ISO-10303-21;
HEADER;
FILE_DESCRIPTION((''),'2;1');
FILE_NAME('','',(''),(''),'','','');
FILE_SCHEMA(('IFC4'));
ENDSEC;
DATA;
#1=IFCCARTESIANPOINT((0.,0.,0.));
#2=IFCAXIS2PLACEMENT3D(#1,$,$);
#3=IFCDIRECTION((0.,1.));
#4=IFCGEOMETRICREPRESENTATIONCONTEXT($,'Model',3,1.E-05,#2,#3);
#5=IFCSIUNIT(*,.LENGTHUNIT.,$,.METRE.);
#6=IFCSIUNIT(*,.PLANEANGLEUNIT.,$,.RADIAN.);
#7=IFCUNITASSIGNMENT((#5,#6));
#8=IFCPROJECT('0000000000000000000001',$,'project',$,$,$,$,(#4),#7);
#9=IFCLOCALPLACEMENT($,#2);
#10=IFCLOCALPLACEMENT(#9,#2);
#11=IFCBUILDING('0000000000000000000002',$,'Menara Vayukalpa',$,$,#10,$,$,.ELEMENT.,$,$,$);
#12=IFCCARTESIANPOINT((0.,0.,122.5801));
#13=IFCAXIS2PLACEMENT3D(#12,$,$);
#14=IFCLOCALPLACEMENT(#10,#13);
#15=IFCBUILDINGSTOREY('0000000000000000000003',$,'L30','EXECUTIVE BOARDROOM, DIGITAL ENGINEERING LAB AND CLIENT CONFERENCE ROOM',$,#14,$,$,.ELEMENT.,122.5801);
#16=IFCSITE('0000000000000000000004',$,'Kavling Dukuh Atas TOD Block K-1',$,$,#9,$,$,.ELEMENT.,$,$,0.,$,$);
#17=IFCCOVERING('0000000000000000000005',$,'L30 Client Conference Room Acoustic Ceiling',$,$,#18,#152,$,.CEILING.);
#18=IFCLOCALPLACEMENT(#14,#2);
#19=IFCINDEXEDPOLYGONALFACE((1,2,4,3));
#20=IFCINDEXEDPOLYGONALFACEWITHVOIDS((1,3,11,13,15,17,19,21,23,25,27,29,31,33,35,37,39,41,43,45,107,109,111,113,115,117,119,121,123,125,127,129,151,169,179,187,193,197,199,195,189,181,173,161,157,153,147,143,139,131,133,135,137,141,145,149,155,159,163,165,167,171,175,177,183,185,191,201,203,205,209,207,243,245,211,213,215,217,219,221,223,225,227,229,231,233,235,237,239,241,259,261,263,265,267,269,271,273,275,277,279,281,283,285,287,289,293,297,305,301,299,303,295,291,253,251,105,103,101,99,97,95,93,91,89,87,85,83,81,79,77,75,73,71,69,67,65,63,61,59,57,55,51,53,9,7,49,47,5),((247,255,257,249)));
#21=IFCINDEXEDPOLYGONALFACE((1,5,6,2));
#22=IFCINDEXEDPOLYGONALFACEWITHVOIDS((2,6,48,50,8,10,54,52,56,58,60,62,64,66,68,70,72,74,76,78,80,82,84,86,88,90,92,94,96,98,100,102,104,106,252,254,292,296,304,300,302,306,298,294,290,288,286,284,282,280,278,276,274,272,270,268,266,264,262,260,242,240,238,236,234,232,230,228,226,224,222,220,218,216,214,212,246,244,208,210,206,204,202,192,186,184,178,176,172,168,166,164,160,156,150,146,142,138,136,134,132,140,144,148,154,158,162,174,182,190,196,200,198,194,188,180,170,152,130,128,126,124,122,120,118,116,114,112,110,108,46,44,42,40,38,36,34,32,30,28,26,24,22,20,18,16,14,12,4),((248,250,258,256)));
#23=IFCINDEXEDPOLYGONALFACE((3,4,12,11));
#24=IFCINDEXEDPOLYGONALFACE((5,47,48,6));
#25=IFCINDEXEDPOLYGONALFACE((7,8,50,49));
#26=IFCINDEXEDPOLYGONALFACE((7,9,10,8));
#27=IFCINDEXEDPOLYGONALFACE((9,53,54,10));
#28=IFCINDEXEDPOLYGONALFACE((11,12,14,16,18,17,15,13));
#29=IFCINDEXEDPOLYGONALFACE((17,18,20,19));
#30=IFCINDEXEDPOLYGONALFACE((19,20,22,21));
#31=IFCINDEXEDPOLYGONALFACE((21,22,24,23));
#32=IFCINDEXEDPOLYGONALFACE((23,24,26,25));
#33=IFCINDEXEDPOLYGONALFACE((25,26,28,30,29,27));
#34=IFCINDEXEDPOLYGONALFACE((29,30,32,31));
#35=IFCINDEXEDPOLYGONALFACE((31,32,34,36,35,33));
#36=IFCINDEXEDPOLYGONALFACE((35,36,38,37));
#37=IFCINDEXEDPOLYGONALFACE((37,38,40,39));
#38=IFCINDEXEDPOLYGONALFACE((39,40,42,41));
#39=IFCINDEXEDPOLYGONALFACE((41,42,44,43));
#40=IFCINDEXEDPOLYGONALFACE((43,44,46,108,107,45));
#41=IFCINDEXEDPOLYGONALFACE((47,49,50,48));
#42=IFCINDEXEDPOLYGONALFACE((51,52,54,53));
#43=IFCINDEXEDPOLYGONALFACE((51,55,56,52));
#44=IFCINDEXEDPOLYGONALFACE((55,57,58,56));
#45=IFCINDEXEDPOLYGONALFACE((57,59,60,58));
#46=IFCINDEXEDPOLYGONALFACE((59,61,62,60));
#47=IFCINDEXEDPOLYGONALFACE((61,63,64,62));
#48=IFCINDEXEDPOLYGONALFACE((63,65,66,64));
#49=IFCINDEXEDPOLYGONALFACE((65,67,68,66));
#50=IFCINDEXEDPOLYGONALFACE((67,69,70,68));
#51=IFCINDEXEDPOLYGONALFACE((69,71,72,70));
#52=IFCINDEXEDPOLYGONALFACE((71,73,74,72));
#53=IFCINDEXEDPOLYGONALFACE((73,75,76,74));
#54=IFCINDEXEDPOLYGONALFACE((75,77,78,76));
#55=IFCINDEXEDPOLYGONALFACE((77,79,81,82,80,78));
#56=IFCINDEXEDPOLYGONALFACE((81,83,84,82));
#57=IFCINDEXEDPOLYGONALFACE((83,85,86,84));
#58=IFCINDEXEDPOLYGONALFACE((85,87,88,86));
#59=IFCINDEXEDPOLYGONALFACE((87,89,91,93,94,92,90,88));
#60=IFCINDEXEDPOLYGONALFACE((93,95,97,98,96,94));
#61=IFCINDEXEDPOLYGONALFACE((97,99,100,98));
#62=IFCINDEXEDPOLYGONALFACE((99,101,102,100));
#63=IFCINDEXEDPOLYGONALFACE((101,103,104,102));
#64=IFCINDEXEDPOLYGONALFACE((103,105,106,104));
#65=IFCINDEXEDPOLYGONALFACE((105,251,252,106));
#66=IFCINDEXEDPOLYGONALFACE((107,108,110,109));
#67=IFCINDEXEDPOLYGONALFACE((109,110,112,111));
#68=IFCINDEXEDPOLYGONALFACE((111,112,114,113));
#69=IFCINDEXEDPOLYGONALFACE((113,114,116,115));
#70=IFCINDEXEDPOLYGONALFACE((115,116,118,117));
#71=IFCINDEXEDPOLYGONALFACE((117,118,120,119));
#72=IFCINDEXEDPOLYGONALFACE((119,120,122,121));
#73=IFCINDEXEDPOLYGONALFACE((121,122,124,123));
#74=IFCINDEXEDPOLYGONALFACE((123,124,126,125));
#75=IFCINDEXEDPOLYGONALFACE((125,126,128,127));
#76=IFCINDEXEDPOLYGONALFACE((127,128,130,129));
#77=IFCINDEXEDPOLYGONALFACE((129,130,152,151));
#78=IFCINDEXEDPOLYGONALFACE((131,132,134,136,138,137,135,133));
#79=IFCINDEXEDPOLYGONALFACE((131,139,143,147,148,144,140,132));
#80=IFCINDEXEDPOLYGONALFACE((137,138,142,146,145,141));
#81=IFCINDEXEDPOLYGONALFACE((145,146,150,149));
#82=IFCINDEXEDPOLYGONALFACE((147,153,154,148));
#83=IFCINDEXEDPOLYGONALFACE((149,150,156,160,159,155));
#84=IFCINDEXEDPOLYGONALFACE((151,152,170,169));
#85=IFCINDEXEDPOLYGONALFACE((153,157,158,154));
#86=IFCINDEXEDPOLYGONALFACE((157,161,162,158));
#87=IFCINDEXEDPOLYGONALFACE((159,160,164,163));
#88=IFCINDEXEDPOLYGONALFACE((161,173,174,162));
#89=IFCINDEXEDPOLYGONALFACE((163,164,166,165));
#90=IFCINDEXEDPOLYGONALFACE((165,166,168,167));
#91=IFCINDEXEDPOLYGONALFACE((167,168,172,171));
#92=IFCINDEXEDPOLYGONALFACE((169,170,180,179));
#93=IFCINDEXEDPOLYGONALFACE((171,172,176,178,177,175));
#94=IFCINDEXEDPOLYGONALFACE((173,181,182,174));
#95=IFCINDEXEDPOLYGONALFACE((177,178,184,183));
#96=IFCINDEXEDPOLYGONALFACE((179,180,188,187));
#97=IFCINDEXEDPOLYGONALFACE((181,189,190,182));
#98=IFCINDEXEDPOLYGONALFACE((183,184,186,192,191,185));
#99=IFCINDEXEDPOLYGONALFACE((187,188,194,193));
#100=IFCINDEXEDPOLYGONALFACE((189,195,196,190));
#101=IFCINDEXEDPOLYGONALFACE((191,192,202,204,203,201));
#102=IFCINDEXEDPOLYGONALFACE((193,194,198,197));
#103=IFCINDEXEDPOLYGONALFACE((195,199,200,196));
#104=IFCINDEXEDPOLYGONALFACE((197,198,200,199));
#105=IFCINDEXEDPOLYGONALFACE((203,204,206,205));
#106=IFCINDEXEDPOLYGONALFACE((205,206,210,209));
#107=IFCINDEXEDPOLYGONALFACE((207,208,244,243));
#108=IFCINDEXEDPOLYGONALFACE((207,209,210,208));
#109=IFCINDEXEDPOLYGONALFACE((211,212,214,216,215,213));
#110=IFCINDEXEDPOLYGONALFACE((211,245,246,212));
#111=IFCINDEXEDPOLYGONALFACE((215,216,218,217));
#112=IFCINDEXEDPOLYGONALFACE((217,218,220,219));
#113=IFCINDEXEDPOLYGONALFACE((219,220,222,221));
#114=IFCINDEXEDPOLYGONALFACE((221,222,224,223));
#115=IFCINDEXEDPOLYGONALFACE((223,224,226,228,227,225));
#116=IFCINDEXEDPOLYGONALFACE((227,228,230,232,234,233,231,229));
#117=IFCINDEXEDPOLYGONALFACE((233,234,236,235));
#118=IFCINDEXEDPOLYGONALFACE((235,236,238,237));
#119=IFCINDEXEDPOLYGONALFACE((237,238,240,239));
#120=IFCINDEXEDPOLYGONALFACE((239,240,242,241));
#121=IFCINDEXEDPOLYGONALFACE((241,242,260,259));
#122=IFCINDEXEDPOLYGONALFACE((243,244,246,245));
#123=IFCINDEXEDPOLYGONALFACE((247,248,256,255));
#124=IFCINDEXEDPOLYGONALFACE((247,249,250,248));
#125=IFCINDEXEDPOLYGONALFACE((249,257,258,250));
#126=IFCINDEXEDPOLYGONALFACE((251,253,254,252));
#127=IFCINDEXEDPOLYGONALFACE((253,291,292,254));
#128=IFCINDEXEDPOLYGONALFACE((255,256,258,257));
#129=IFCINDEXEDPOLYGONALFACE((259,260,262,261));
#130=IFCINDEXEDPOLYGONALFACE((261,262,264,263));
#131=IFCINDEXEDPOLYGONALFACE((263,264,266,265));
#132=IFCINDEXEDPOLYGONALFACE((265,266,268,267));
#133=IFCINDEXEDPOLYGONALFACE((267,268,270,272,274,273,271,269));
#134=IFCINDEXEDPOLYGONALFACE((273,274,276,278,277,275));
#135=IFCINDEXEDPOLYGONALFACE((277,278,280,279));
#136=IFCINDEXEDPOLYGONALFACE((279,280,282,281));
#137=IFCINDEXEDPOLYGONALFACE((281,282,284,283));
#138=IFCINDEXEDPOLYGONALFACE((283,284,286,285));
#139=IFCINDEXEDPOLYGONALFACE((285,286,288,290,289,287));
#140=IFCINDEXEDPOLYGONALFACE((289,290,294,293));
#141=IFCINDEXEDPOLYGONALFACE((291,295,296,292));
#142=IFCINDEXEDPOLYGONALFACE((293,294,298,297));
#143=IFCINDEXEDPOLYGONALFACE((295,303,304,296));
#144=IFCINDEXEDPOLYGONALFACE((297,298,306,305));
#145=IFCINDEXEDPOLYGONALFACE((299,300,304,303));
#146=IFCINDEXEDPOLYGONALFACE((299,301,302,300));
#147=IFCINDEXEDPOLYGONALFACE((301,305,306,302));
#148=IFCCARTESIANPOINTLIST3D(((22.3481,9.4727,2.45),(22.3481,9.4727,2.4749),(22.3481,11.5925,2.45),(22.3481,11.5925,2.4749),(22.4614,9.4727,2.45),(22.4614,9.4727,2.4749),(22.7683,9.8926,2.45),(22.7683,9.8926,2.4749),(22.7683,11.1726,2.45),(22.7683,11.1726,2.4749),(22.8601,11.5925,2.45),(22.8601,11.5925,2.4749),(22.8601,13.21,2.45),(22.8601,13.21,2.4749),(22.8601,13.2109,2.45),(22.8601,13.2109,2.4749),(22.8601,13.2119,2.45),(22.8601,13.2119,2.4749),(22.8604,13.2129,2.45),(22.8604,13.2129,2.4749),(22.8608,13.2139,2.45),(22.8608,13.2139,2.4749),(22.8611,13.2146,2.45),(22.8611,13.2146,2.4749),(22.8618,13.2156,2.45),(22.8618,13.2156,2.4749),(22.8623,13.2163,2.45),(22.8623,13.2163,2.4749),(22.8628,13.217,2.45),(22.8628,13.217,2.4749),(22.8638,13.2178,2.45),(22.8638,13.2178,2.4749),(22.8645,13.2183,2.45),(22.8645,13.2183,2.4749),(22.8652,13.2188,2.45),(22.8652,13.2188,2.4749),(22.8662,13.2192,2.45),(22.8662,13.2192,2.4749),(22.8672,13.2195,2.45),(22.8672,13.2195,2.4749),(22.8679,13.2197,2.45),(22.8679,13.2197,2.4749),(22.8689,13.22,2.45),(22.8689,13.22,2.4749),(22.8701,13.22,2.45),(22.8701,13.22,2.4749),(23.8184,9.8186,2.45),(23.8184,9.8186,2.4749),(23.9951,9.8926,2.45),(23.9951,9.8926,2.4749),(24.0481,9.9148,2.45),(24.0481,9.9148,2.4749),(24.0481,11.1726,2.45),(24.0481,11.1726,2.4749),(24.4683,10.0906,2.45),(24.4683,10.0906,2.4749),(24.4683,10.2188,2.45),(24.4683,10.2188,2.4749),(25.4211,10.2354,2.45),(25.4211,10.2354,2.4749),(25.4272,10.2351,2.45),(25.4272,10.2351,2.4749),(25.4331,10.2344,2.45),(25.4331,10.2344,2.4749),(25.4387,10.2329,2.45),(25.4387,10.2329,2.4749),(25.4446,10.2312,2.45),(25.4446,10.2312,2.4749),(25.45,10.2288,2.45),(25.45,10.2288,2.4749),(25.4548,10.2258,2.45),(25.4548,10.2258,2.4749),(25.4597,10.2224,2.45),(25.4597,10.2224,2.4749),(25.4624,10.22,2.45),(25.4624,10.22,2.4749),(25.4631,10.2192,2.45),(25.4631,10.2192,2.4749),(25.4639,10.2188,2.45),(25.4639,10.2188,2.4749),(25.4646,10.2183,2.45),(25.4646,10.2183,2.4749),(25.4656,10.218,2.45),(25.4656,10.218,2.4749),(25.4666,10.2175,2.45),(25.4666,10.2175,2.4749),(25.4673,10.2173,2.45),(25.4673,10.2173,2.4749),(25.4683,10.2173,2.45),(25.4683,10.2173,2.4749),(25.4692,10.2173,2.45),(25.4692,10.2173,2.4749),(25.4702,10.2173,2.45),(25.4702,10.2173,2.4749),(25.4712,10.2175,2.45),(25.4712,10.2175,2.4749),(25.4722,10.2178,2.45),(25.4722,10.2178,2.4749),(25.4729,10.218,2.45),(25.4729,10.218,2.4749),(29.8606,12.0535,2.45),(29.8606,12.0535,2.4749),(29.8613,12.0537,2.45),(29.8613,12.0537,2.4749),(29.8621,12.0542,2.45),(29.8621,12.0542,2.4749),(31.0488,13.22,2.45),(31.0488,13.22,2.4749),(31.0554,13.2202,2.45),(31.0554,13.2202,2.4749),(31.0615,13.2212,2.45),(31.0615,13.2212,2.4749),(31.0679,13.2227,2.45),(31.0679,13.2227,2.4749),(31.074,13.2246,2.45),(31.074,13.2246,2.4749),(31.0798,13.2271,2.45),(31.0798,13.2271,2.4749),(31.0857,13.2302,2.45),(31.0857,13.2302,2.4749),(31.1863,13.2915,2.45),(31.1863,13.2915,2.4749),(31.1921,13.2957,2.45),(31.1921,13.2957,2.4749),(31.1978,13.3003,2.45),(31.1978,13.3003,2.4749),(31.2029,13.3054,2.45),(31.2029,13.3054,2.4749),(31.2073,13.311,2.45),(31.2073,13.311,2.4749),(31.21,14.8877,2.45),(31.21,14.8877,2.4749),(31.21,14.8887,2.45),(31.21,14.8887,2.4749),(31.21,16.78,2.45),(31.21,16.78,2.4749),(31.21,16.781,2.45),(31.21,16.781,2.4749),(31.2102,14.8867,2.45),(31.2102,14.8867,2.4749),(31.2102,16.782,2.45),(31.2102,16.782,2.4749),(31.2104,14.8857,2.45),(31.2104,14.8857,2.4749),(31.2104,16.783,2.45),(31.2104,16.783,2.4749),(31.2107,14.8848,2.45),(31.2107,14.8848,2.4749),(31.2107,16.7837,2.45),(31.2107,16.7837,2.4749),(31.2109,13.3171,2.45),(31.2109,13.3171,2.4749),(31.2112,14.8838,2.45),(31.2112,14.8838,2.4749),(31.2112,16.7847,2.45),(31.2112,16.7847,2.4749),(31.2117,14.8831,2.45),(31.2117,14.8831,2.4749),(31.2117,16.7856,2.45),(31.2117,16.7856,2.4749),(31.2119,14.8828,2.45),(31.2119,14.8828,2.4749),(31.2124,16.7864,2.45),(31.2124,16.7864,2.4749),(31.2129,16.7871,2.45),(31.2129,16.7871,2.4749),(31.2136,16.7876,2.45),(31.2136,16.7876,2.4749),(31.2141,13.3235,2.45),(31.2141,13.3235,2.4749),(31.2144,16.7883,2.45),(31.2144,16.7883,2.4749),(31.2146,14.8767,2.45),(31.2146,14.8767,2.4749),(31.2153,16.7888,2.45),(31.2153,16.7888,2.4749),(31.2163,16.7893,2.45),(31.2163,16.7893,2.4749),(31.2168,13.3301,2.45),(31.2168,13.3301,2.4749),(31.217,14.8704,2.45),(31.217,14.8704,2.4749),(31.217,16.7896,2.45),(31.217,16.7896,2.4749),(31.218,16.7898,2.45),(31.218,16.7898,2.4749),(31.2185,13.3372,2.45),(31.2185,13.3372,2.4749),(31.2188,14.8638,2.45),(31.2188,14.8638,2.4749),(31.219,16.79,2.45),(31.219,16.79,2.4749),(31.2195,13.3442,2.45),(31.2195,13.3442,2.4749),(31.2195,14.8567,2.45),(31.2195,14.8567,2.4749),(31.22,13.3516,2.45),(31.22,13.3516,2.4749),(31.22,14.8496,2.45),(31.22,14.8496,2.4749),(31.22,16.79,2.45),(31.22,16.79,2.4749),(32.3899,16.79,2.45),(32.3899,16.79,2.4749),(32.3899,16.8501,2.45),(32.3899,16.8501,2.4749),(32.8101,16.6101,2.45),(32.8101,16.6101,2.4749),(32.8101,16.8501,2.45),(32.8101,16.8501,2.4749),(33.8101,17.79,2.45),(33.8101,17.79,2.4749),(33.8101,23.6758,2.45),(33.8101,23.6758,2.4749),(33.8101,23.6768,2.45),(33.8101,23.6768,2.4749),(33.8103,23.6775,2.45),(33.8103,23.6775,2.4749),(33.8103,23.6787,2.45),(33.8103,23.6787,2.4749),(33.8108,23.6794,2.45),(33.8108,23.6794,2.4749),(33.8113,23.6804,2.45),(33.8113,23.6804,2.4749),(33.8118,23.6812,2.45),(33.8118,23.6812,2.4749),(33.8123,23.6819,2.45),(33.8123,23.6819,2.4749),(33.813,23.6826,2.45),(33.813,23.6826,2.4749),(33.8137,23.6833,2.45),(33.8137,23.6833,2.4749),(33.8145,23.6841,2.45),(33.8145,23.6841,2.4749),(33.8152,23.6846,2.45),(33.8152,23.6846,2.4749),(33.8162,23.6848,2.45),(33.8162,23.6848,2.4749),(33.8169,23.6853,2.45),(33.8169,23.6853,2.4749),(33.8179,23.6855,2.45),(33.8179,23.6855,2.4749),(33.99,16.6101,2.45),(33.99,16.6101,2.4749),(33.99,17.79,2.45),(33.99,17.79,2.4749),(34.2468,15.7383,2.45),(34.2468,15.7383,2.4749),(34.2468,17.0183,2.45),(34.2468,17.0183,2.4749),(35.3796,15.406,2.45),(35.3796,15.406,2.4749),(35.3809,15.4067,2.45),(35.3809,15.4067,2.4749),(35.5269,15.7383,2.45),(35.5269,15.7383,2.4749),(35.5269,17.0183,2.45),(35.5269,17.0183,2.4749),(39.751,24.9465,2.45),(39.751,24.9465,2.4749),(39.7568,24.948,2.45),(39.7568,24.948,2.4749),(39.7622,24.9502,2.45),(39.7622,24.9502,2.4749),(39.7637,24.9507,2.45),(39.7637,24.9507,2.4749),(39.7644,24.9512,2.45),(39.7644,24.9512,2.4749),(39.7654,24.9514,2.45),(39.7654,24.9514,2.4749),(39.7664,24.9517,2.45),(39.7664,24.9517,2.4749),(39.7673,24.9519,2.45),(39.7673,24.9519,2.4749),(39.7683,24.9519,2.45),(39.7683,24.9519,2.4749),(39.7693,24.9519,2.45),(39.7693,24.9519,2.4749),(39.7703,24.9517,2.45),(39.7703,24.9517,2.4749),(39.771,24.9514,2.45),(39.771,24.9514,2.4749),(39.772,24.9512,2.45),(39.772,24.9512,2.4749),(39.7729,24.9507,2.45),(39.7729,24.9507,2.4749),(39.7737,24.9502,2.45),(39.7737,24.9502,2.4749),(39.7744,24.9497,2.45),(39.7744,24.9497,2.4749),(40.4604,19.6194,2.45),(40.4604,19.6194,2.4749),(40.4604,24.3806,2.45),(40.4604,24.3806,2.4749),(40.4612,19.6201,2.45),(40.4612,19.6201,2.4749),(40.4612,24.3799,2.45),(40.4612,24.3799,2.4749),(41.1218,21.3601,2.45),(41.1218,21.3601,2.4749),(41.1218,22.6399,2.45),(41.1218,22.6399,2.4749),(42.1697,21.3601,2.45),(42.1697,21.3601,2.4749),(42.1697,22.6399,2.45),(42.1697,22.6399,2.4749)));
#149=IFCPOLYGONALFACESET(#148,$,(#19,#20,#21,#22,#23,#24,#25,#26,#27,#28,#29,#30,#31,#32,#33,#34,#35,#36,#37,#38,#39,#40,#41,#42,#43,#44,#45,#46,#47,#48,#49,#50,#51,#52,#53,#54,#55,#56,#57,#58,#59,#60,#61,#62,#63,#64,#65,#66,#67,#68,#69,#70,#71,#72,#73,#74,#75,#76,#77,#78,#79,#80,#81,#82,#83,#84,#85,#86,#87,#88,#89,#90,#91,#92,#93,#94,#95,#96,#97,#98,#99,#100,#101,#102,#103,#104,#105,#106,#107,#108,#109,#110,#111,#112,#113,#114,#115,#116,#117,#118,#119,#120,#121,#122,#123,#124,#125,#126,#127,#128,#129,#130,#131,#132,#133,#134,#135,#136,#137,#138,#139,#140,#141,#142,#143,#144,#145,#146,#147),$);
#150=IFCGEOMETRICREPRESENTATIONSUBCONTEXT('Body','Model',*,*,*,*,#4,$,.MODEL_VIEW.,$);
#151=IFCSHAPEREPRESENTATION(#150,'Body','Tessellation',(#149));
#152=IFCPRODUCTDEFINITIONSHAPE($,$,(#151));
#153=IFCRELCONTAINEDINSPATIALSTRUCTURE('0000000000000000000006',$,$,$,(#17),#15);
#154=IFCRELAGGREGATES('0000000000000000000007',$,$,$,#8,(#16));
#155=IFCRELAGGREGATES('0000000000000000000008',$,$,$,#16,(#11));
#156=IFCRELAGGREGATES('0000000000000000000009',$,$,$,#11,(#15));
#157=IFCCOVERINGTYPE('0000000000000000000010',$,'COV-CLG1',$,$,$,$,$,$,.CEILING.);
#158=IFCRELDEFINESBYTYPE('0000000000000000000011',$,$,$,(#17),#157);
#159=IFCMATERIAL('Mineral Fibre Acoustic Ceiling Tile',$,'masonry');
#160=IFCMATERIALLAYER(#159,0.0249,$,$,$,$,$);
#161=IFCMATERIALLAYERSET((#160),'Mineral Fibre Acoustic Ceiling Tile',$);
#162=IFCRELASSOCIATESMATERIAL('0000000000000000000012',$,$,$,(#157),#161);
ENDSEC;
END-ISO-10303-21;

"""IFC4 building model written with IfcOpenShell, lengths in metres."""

from ifc_helpers import new_model, si_unit, direction, frame, origin, place, context, subcontext, project, spatial, polyline, outline, extrude, material, layer, layer_set, type_object, element, save


model = new_model("IFC4")

# Units and contexts
model_context = context("Model", 3, precision=1e-05, world=origin(), true_north=direction((0.0, 1.0)))
body_context = subcontext(model_context, "Body", "Model", "MODEL_VIEW")
ifc_project = project(units=[si_unit("LENGTHUNIT", "METRE"), si_unit("PLANEANGLEUNIT", "RADIAN")], contexts=[model_context])

# Site, building, storey
site_placement = place(None, origin())
site = spatial("IfcSite", under=ifc_project, at=site_placement, Name="Kavling Dukuh Atas TOD Block K-1", CompositionType="ELEMENT", RefElevation=0.0)
building_placement = place(site_placement, origin())
building = spatial("IfcBuilding", under=site, at=building_placement, Name="Menara Vayukalpa", CompositionType="ELEMENT")
storey_placement = place(building_placement, frame((0.0, 0.0, 122.5801)))
storey = spatial("IfcBuildingStorey", under=building, at=storey_placement, Name="L30", Description="EXECUTIVE BOARDROOM, DIGITAL ENGINEERING LAB AND CLIENT CONFERENCE ROOM", CompositionType="ELEMENT", Elevation=122.5801)

# Covering
ifc_material_1 = material(Name="Mineral Fibre Acoustic Ceiling Tile", Category="masonry")
ifc_layer_1 = layer(ifc_material_1, 0.0249)
ifc_layer_set_1 = layer_set([ifc_layer_1], Name="Mineral Fibre Acoustic Ceiling Tile")
covering_type_1 = type_object("IfcCoveringType", Name="COV-CLG1", PredefinedType="CEILING", material=ifc_layer_set_1)
covering_1_placement = place(storey_placement, frame((0.0, 0.0, 2.45)))
element("IfcCovering", 1, at=covering_1_placement, inside=storey, type_object=covering_type_1, Name="L30 Client Conference Room Acoustic Ceiling", PredefinedType="CEILING", context=body_context, shape_type="SweptSolid", body=[
    extrude(outline(polyline([(22.8601, 13.21), (22.8601, 13.2109), (22.8601, 13.2119), (22.8604, 13.2129), (22.8608, 13.2139), (22.8611, 13.2146), (22.8618, 13.2156), (22.8623, 13.2163), (22.8628, 13.217), (22.8638, 13.2178), (22.8645, 13.2183), (22.8652, 13.2188), (22.8662, 13.2192), (22.8672, 13.2195), (22.8679, 13.2197), (22.8689, 13.22), (22.8701, 13.22), (31.0488, 13.22), (31.0554, 13.2202), (31.0615, 13.2212), (31.0679, 13.2227), (31.074, 13.2246), (31.0798, 13.2271), (31.0857, 13.2302), (31.1863, 13.2915), (31.1921, 13.2957), (31.1978, 13.3003), (31.2029, 13.3054), (31.2073, 13.311), (31.2109, 13.3171), (31.2141, 13.3235), (31.2168, 13.3301), (31.2185, 13.3372), (31.2195, 13.3442), (31.22, 13.3516), (31.22, 14.8496), (31.2195, 14.8567), (31.2188, 14.8638), (31.217, 14.8704), (31.2146, 14.8767), (31.2119, 14.8828), (31.2117, 14.8831), (31.2112, 14.8838), (31.2107, 14.8848), (31.2104, 14.8857), (31.2102, 14.8867), (31.21, 14.8877), (31.21, 14.8887), (31.21, 16.78), (31.21, 16.781), (31.2102, 16.782), (31.2104, 16.783), (31.2107, 16.7837), (31.2112, 16.7847), (31.2117, 16.7856), (31.2124, 16.7864), (31.2129, 16.7871), (31.2136, 16.7876), (31.2144, 16.7883), (31.2153, 16.7888), (31.2163, 16.7893), (31.217, 16.7896), (31.218, 16.7898), (31.219, 16.79), (31.22, 16.79), (32.3899, 16.79), (32.3899, 16.8501), (32.8101, 16.8501), (32.8101, 16.6101), (33.99, 16.6101), (33.99, 17.79), (33.8101, 17.79), (33.8101, 23.6758), (33.8101, 23.6768), (33.8103, 23.6775), (33.8103, 23.6787), (33.8108, 23.6794), (33.8113, 23.6804), (33.8118, 23.6812), (33.8123, 23.6819), (33.813, 23.6826), (33.8137, 23.6833), (33.8145, 23.6841), (33.8152, 23.6846), (33.8162, 23.6848), (33.8169, 23.6853), (33.8179, 23.6855), (39.751, 24.9465), (39.7568, 24.948), (39.7622, 24.9502), (39.7637, 24.9507), (39.7644, 24.9512), (39.7654, 24.9514), (39.7664, 24.9517), (39.7673, 24.9519), (39.7683, 24.9519), (39.7693, 24.9519), (39.7703, 24.9517), (39.771, 24.9514), (39.772, 24.9512), (39.7729, 24.9507), (39.7737, 24.9502), (39.7744, 24.9497), (40.4604, 24.3806), (40.4612, 24.3799), (42.1697, 22.6399), (41.1218, 22.6399), (41.1218, 21.3601), (42.1697, 21.3601), (40.4612, 19.6201), (40.4604, 19.6194), (35.3809, 15.4067), (35.3796, 15.406), (29.8621, 12.0542), (29.8613, 12.0537), (29.8606, 12.0535), (25.4729, 10.218), (25.4722, 10.2178), (25.4712, 10.2175), (25.4702, 10.2173), (25.4692, 10.2173), (25.4683, 10.2173), (25.4673, 10.2173), (25.4666, 10.2175), (25.4656, 10.218), (25.4646, 10.2183), (25.4639, 10.2188), (25.4631, 10.2192), (25.4624, 10.22), (25.4597, 10.2224), (25.4548, 10.2258), (25.45, 10.2288), (25.4446, 10.2312), (25.4387, 10.2329), (25.4331, 10.2344), (25.4272, 10.2351), (25.4211, 10.2354), (24.4683, 10.2188), (24.4683, 10.0906), (24.0481, 9.9148), (24.0481, 11.1726), (22.7683, 11.1726), (22.7683, 9.8926), (23.9951, 9.8926), (23.8184, 9.8186), (22.4614, 9.4727), (22.3481, 9.4727), (22.3481, 11.5925), (22.8601, 11.5925), (22.8601, 13.21)]), holes=[polyline([(35.5269, 17.0183), (34.2468, 17.0183), (34.2468, 15.7383), (35.5269, 15.7383), (35.5269, 17.0183)])]), origin(), (0.0, 0.0, 1.0), 0.0249),
])

save(model, "model.ifc")
